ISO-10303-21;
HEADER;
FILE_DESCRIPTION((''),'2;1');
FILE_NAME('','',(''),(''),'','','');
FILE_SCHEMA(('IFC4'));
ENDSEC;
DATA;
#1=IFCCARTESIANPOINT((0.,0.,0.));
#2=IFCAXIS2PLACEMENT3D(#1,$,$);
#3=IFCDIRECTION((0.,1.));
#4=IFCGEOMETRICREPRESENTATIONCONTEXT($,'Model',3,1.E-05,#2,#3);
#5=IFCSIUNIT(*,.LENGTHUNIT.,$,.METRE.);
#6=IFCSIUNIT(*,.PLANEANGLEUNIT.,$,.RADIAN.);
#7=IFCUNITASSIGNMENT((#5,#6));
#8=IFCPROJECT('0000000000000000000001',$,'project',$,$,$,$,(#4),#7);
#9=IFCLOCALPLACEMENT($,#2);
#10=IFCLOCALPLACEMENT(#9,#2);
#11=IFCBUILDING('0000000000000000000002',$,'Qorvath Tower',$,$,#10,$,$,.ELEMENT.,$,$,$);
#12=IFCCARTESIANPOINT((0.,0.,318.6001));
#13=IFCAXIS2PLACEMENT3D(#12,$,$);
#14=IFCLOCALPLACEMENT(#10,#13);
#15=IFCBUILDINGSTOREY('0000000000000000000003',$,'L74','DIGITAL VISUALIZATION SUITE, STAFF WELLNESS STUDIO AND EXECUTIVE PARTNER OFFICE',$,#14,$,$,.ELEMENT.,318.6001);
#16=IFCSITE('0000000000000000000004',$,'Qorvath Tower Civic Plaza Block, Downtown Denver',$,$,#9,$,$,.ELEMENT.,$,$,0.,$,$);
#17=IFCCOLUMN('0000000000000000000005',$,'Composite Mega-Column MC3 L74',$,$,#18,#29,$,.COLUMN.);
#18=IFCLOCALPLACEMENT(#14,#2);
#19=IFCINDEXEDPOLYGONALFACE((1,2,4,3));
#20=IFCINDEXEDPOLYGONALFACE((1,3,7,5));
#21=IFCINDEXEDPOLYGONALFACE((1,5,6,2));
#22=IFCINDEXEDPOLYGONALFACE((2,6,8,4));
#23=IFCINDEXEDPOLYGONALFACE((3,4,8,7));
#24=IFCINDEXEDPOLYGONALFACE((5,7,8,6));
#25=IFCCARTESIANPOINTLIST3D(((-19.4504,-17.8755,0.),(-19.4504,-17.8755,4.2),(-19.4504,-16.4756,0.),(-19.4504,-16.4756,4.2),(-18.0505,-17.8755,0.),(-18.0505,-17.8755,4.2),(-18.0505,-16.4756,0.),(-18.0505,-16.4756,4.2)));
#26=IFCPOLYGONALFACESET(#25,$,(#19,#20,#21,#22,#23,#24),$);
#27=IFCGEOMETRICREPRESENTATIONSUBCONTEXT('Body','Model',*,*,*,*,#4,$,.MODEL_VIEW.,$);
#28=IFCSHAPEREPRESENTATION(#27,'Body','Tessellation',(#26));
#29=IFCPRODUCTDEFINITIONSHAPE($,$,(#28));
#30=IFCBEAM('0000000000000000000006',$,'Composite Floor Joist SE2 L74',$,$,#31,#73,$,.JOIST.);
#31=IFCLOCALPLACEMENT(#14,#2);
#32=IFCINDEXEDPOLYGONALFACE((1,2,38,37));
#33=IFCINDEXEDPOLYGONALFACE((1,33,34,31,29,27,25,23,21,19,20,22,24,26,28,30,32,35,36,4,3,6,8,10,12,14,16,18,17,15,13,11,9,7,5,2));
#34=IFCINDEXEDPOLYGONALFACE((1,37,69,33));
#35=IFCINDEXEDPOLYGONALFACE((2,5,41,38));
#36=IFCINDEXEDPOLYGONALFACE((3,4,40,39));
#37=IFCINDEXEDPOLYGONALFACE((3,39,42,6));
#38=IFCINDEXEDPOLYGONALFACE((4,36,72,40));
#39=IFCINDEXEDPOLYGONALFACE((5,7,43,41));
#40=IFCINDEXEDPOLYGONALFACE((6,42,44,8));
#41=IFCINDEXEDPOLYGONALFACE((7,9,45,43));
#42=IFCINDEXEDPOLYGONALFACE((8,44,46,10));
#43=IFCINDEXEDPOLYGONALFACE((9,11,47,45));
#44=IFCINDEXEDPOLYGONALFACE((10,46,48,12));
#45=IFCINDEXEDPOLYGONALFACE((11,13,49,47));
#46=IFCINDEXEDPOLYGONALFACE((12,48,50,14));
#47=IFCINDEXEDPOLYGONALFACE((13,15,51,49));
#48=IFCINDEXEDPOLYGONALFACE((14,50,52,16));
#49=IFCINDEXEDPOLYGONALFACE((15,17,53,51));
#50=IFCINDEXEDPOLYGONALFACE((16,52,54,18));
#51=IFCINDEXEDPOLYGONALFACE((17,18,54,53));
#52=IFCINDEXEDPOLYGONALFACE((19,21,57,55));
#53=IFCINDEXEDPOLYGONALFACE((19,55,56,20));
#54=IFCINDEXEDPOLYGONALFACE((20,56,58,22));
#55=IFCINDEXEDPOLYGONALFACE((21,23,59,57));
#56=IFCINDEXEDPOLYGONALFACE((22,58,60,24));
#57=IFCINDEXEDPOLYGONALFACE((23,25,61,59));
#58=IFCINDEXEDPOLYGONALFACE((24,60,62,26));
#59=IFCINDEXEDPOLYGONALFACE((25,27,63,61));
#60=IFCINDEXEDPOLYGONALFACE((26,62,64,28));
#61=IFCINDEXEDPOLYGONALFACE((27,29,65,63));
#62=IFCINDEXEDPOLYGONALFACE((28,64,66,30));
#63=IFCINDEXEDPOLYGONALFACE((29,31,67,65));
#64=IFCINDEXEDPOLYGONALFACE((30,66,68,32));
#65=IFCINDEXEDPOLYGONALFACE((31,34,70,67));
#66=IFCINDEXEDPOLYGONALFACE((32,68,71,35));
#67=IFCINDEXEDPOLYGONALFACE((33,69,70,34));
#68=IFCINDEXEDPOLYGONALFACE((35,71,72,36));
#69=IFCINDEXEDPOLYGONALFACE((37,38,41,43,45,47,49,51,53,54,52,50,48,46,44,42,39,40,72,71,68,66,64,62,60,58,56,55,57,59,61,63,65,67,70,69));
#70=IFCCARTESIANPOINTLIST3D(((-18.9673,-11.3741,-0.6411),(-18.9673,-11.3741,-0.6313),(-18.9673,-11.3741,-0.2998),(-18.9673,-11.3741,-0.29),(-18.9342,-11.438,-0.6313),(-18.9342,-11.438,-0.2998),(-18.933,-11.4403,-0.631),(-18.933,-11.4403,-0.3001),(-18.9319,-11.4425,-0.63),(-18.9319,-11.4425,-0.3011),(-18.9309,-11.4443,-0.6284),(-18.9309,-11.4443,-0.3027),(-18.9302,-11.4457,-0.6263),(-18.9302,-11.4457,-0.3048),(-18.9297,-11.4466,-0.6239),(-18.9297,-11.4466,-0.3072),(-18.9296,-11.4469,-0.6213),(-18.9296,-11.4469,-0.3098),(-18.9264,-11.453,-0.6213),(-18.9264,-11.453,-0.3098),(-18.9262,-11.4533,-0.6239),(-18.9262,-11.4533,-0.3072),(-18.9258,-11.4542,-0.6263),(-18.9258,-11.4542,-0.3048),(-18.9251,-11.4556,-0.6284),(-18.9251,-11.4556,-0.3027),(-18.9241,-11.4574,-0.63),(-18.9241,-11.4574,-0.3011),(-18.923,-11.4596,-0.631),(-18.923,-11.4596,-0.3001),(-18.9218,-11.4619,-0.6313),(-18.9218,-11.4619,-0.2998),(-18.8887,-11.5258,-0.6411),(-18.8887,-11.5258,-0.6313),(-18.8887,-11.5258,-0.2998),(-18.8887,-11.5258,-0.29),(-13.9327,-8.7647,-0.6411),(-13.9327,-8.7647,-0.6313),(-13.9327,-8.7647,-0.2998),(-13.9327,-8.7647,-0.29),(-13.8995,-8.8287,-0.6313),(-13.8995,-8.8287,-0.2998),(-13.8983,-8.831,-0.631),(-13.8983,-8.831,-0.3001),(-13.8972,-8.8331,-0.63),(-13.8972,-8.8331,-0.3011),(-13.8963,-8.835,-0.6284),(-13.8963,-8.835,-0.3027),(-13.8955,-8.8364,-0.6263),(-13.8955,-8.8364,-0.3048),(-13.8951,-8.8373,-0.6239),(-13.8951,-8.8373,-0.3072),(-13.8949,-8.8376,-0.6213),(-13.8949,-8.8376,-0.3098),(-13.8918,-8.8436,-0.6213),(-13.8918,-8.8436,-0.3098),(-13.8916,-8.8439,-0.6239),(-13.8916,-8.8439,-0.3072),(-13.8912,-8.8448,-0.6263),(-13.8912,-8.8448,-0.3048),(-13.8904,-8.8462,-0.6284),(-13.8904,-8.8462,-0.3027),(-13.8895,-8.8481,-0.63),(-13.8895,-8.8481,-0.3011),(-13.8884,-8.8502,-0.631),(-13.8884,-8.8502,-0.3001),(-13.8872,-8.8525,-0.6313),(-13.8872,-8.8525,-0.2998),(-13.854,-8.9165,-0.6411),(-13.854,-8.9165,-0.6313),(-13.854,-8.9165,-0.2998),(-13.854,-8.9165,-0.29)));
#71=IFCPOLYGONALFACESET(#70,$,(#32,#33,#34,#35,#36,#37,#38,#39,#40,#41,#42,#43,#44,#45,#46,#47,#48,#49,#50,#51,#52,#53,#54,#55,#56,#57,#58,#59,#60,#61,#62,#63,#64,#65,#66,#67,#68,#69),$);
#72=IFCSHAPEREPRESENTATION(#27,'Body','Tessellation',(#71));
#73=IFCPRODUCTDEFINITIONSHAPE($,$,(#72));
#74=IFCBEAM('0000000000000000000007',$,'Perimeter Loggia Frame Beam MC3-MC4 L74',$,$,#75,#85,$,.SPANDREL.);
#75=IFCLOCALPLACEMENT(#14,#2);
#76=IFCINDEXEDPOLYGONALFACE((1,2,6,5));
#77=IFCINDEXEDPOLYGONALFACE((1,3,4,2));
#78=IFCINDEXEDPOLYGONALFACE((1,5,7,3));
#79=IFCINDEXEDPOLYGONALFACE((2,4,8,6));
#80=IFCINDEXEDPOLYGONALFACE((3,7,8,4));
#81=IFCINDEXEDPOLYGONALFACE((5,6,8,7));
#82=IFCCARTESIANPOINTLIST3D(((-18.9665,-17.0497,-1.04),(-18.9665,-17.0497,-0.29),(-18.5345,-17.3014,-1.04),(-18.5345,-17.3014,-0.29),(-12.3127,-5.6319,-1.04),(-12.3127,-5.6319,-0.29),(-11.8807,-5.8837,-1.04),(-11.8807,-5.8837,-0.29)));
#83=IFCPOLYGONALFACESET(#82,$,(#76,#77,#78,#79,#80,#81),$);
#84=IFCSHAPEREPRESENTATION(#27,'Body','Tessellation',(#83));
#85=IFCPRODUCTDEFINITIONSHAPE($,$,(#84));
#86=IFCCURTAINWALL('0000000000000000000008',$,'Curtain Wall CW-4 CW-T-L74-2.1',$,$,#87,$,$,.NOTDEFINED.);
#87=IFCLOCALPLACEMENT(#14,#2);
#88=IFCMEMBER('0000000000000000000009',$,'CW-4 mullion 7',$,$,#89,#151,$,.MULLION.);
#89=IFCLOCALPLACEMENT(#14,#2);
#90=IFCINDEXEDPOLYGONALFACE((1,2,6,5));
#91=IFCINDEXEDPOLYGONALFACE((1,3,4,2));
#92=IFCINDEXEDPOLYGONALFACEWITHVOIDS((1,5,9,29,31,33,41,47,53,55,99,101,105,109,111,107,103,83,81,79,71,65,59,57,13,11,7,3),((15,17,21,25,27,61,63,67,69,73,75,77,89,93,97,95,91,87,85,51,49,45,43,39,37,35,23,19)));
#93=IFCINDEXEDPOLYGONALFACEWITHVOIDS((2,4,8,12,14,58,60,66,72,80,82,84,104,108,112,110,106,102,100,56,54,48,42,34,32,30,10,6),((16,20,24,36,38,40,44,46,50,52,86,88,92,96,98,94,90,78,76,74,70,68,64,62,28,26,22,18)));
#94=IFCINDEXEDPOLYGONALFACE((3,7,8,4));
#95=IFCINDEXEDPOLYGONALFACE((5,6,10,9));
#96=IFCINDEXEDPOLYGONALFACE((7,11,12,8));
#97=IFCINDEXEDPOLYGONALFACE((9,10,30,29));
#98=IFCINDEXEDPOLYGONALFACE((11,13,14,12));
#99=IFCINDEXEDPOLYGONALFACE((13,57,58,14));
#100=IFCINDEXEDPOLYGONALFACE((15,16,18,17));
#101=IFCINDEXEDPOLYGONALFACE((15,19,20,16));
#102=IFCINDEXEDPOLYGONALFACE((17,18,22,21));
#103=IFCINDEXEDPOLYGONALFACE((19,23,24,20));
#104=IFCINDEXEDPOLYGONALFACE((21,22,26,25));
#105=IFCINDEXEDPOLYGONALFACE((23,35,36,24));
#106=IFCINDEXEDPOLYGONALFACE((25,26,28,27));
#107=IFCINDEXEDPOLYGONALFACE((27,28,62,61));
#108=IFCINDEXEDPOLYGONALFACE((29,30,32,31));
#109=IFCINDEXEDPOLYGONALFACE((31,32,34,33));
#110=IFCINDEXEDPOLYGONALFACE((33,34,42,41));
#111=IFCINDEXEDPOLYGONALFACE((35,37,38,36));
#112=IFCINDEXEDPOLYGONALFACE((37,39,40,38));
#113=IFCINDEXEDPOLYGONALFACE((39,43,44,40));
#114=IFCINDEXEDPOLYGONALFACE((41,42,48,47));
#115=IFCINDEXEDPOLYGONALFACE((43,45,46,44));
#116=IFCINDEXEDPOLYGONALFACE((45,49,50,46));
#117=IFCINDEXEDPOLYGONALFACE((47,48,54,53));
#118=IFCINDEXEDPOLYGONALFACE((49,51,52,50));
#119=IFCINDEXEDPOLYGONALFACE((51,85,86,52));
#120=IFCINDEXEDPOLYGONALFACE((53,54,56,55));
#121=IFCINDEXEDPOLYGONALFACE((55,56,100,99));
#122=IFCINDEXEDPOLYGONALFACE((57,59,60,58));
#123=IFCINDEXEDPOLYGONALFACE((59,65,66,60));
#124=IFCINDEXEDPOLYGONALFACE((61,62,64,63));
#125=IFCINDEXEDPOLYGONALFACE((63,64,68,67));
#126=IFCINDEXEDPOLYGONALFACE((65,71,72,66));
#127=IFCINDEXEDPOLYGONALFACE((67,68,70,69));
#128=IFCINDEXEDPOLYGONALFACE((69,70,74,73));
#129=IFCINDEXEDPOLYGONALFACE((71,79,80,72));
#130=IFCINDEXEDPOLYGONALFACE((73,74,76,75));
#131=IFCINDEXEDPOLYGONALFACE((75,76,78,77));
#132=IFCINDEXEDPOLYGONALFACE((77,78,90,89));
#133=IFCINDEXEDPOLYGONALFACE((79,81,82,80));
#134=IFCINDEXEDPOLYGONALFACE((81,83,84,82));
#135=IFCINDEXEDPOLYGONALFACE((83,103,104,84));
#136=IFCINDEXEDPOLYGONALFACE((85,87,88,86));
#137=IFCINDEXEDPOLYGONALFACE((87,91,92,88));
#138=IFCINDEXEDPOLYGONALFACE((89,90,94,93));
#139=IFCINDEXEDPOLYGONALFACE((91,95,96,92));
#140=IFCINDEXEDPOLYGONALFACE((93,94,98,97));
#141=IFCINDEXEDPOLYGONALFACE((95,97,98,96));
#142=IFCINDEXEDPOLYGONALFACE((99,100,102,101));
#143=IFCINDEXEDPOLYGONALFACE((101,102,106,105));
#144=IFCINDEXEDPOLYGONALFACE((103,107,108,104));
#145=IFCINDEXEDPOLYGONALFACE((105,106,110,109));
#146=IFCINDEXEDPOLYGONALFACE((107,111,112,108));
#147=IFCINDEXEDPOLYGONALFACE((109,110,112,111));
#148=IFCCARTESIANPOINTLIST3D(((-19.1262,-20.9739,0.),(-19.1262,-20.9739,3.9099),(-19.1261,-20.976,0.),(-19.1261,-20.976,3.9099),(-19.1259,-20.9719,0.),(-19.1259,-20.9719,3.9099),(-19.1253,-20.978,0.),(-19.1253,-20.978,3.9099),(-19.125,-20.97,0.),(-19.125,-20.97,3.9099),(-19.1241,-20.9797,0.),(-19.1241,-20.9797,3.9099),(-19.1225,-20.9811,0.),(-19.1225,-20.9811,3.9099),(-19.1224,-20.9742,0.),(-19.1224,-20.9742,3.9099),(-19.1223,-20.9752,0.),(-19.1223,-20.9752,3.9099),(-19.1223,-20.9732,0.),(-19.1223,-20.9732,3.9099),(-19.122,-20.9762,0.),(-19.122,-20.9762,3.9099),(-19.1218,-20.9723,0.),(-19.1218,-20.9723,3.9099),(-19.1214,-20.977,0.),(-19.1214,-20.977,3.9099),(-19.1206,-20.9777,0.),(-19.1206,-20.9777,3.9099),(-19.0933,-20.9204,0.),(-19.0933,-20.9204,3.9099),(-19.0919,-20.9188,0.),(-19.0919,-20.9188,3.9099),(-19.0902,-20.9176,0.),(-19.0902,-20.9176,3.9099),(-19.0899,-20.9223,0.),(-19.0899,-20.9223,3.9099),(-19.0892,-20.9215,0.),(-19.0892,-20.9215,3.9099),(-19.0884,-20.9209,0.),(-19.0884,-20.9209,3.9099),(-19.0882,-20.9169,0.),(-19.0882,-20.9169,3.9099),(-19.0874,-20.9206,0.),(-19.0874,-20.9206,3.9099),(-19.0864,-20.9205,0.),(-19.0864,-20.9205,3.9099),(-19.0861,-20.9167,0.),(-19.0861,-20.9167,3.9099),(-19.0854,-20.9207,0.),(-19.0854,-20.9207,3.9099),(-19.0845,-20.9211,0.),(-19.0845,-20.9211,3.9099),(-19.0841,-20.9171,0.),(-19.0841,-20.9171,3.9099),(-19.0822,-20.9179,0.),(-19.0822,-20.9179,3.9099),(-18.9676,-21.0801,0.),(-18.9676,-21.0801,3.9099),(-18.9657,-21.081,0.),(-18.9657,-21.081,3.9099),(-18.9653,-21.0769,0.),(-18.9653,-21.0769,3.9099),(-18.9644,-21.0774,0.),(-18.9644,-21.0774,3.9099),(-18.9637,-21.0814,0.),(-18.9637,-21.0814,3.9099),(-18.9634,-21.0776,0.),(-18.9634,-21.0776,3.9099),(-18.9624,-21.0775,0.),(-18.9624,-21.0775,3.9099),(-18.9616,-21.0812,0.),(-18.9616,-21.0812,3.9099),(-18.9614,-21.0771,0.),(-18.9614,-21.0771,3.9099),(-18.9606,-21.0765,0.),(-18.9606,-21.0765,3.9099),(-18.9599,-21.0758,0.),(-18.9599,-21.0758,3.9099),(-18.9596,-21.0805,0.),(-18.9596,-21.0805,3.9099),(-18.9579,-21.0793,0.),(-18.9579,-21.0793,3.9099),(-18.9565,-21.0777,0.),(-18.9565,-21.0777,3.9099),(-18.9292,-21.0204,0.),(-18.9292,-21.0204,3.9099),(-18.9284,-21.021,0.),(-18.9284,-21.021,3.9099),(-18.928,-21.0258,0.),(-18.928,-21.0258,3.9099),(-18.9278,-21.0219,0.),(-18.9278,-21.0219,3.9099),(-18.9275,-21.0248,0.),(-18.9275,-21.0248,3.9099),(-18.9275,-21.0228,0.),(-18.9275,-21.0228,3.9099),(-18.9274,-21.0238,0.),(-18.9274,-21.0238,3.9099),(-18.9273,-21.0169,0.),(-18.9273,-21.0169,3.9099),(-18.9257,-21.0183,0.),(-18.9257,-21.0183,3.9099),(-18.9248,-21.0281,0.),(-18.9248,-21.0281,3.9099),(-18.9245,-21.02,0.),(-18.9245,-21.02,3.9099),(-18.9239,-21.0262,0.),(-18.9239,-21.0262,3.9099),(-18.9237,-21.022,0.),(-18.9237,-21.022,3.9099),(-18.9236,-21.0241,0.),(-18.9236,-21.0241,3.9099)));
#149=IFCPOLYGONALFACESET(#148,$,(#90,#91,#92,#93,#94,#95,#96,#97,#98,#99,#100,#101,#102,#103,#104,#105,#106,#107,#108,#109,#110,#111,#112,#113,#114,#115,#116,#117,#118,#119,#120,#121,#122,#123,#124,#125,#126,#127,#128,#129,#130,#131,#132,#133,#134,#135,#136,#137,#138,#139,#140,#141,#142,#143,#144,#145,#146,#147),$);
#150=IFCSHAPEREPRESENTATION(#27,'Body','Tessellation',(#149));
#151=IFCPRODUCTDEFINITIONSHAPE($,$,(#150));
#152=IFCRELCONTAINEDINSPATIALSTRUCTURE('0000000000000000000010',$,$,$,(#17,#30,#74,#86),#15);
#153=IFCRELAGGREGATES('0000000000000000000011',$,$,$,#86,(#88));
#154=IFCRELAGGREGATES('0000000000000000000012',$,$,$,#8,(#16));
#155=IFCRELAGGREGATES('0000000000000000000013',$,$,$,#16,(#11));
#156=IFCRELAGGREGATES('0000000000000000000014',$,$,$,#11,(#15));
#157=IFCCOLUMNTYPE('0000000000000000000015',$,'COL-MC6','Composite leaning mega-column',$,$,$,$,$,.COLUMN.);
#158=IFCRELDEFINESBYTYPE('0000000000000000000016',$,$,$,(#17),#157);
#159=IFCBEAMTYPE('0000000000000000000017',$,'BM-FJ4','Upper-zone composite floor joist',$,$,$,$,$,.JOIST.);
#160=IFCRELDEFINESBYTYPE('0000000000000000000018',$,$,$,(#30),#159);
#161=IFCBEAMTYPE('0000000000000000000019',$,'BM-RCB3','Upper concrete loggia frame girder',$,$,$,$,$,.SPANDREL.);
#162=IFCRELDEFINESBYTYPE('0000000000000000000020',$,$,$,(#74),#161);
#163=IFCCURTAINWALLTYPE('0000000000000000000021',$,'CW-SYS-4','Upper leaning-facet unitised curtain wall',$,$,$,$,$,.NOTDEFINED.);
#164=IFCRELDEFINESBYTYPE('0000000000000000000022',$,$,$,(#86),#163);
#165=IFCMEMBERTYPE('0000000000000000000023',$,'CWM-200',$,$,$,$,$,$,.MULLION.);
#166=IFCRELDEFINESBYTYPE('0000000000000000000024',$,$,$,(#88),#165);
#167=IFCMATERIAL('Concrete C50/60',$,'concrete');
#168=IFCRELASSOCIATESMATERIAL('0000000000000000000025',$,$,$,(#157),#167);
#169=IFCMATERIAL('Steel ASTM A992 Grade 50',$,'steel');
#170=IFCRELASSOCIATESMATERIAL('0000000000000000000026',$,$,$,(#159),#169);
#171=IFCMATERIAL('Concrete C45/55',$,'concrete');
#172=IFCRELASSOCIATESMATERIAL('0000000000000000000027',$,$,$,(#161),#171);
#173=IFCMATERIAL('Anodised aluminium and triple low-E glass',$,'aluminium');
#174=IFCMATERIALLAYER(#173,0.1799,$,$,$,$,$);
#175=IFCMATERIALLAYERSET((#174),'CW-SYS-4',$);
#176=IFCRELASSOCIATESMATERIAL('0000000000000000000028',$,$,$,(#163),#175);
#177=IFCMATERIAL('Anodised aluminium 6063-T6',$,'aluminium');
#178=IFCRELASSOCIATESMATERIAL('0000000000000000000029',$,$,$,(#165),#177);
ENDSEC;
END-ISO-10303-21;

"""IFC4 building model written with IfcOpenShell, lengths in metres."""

from ifc_helpers import new_model, si_unit, direction, frame, origin, origin_2d, place, context, subcontext, project, spatial, rectangle, hollow_rectangle, i_section, extrude, material, layer, layer_set, material_profile, profile_set, type_object, element, aggregate, save


model = new_model("IFC4")

# Units and contexts
model_context = context("Model", 3, precision=1e-05, world=origin(), true_north=direction((0.0, 1.0)))
body_context = subcontext(model_context, "Body", "Model", "MODEL_VIEW")
ifc_project = project(units=[si_unit("LENGTHUNIT", "METRE"), si_unit("PLANEANGLEUNIT", "RADIAN")], contexts=[model_context])

# Site, building, storey
site_placement = place(None, origin())
site = spatial("IfcSite", under=ifc_project, at=site_placement, Name="Qorvath Tower Civic Plaza Block, Downtown Denver", CompositionType="ELEMENT", RefElevation=0.0)
building_placement = place(site_placement, origin())
building = spatial("IfcBuilding", under=site, at=building_placement, Name="Qorvath Tower", CompositionType="ELEMENT")
storey_placement = place(building_placement, frame((0.0, 0.0, 318.6001)))
storey = spatial("IfcBuildingStorey", under=building, at=storey_placement, Name="L74", Description="DIGITAL VISUALIZATION SUITE, STAFF WELLNESS STUDIO AND EXECUTIVE PARTNER OFFICE", CompositionType="ELEMENT", Elevation=318.6001)

# Column
ifc_material_1 = material(Name="Concrete C50/60", Category="concrete")
ifc_material_profile_1 = material_profile(ifc_material_1, rectangle(XDim=1.3999, YDim=1.3999, at=origin_2d()), Name="MC 1400x1400")
ifc_profile_set_1 = profile_set([ifc_material_profile_1], Name="Concrete C50/60")
column_type = type_object("IfcColumnType", Name="COL-MC6", Description="Composite leaning mega-column", PredefinedType="COLUMN", material=ifc_profile_set_1)
column_placement = place(storey_placement, frame((-18.7505, -17.1755, 0.0), z_axis=(0.0, 0.0, 1.0), x_axis=(1.0, 0.0, 0.0)))
element("IfcColumn", 1, at=column_placement, inside=storey, type_object=column_type, Name="Composite Mega-Column MC3 L74", PredefinedType="COLUMN", context=body_context, shape_type="SweptSolid", body=[
    extrude(rectangle(XDim=1.3999, YDim=1.3999, at=origin_2d()), origin(), (0.0, 0.0, 1.0), 4.2),
])

# Beams
ifc_material_2 = material(Name="Steel ASTM A992 Grade 50", Category="steel")
ifc_material_profile_2 = material_profile(ifc_material_2, i_section(OverallWidth=0.1709, OverallDepth=0.3511, WebThickness=0.0068, FlangeThickness=0.0098, FilletRadius=0.01, at=origin_2d()), Name="W14x30")
ifc_profile_set_2 = profile_set([ifc_material_profile_2], Name="Steel ASTM A992 Grade 50")
beam_type_1 = type_object("IfcBeamType", Name="BM-FJ4", Description="Upper-zone composite floor joist", PredefinedType="JOIST", material=ifc_profile_set_2)
beam_1_placement = place(storey_placement, frame((-18.928, -11.45, -0.4656), z_axis=(0.887841, 0.460151, 0.0), x_axis=(-0.460151, 0.887841, 0.0)))
element("IfcBeam", 2, at=beam_1_placement, inside=storey, type_object=beam_type_1, Name="Composite Floor Joist SE2 L74", PredefinedType="JOIST", context=body_context, shape_type="SweptSolid", body=[
    extrude(i_section(OverallWidth=0.1709, OverallDepth=0.3511, WebThickness=0.0068, FlangeThickness=0.0098, FilletRadius=0.01, at=origin_2d()), origin(), (0.0, 0.0, 1.0), 5.6707),
])
ifc_material_3 = material(Name="Concrete C45/55", Category="concrete")
ifc_material_profile_3 = material_profile(ifc_material_3, rectangle(XDim=0.5, YDim=0.75, at=origin_2d()), Name="RCB 750x500")
ifc_profile_set_3 = profile_set([ifc_material_profile_3], Name="Concrete C45/55")
beam_type_2 = type_object("IfcBeamType", Name="BM-RCB3", Description="Upper concrete loggia frame girder", PredefinedType="SPANDREL", material=ifc_profile_set_3)
beam_2_placement = place(storey_placement, frame((-18.7505, -17.1755, -0.665), z_axis=(0.503502, 0.863994, 0.0), x_axis=(-0.863994, 0.503502, 0.0)))
element("IfcBeam", 3, at=beam_2_placement, inside=storey, type_object=beam_type_2, Name="Perimeter Loggia Frame Beam MC3-MC4 L74", PredefinedType="SPANDREL", context=body_context, shape_type="SweptSolid", body=[
    extrude(rectangle(XDim=0.5, YDim=0.75, at=origin_2d()), origin(), (0.0, 0.0, 1.0), 13.2151),
])

# Curtain wall, member
ifc_material_4 = material(Name="Anodised aluminium and triple low-E glass", Category="aluminium")
ifc_layer_1 = layer(ifc_material_4, 0.1799)
ifc_layer_set_1 = layer_set([ifc_layer_1], Name="CW-SYS-4")
curtain_wall_type = type_object("IfcCurtainWallType", Name="CW-SYS-4", Description="Upper leaning-facet unitised curtain wall", PredefinedType="NOTDEFINED", material=ifc_layer_set_1)
curtain_wall_1_placement = place(storey_placement, origin())
curtain_wall_1 = element("IfcCurtainWall", 4, at=curtain_wall_1_placement, inside=storey, type_object=curtain_wall_type, Name="Curtain Wall CW-4 CW-T-L74-2.1", PredefinedType="NOTDEFINED")
ifc_material_5 = material(Name="Anodised aluminium 6063-T6", Category="aluminium")
ifc_material_profile_4 = material_profile(ifc_material_5, hollow_rectangle(XDim=0.075, YDim=0.2, WallThickness=0.0039, InnerFilletRadius=0.0039, OuterFilletRadius=0.0081, at=origin_2d()), Name="CWM 200x75")
ifc_profile_set_4 = profile_set([ifc_material_profile_4], Name="Anodised aluminium 6063-T6")
member_type_1 = type_object("IfcMemberType", Name="CWM-200", PredefinedType="MULLION", material=ifc_profile_set_4)
member_1_placement = place(storey_placement, frame((-19.0249, -20.999, 0.0), z_axis=(0.0, 0.0, 1.0), x_axis=(0.538532, 0.842605, 0.0)))
member_1 = element("IfcMember", 5, at=member_1_placement, type_object=member_type_1, Name="CW-4 mullion 7", PredefinedType="MULLION", context=body_context, shape_type="SweptSolid", body=[
    extrude(hollow_rectangle(XDim=0.075, YDim=0.2, WallThickness=0.0039, InnerFilletRadius=0.0039, OuterFilletRadius=0.0081, at=origin_2d()), origin(), (0.0, 0.0, 1.0), 3.9099),
])
aggregate(curtain_wall_1, [member_1])

save(model, "model.ifc")
